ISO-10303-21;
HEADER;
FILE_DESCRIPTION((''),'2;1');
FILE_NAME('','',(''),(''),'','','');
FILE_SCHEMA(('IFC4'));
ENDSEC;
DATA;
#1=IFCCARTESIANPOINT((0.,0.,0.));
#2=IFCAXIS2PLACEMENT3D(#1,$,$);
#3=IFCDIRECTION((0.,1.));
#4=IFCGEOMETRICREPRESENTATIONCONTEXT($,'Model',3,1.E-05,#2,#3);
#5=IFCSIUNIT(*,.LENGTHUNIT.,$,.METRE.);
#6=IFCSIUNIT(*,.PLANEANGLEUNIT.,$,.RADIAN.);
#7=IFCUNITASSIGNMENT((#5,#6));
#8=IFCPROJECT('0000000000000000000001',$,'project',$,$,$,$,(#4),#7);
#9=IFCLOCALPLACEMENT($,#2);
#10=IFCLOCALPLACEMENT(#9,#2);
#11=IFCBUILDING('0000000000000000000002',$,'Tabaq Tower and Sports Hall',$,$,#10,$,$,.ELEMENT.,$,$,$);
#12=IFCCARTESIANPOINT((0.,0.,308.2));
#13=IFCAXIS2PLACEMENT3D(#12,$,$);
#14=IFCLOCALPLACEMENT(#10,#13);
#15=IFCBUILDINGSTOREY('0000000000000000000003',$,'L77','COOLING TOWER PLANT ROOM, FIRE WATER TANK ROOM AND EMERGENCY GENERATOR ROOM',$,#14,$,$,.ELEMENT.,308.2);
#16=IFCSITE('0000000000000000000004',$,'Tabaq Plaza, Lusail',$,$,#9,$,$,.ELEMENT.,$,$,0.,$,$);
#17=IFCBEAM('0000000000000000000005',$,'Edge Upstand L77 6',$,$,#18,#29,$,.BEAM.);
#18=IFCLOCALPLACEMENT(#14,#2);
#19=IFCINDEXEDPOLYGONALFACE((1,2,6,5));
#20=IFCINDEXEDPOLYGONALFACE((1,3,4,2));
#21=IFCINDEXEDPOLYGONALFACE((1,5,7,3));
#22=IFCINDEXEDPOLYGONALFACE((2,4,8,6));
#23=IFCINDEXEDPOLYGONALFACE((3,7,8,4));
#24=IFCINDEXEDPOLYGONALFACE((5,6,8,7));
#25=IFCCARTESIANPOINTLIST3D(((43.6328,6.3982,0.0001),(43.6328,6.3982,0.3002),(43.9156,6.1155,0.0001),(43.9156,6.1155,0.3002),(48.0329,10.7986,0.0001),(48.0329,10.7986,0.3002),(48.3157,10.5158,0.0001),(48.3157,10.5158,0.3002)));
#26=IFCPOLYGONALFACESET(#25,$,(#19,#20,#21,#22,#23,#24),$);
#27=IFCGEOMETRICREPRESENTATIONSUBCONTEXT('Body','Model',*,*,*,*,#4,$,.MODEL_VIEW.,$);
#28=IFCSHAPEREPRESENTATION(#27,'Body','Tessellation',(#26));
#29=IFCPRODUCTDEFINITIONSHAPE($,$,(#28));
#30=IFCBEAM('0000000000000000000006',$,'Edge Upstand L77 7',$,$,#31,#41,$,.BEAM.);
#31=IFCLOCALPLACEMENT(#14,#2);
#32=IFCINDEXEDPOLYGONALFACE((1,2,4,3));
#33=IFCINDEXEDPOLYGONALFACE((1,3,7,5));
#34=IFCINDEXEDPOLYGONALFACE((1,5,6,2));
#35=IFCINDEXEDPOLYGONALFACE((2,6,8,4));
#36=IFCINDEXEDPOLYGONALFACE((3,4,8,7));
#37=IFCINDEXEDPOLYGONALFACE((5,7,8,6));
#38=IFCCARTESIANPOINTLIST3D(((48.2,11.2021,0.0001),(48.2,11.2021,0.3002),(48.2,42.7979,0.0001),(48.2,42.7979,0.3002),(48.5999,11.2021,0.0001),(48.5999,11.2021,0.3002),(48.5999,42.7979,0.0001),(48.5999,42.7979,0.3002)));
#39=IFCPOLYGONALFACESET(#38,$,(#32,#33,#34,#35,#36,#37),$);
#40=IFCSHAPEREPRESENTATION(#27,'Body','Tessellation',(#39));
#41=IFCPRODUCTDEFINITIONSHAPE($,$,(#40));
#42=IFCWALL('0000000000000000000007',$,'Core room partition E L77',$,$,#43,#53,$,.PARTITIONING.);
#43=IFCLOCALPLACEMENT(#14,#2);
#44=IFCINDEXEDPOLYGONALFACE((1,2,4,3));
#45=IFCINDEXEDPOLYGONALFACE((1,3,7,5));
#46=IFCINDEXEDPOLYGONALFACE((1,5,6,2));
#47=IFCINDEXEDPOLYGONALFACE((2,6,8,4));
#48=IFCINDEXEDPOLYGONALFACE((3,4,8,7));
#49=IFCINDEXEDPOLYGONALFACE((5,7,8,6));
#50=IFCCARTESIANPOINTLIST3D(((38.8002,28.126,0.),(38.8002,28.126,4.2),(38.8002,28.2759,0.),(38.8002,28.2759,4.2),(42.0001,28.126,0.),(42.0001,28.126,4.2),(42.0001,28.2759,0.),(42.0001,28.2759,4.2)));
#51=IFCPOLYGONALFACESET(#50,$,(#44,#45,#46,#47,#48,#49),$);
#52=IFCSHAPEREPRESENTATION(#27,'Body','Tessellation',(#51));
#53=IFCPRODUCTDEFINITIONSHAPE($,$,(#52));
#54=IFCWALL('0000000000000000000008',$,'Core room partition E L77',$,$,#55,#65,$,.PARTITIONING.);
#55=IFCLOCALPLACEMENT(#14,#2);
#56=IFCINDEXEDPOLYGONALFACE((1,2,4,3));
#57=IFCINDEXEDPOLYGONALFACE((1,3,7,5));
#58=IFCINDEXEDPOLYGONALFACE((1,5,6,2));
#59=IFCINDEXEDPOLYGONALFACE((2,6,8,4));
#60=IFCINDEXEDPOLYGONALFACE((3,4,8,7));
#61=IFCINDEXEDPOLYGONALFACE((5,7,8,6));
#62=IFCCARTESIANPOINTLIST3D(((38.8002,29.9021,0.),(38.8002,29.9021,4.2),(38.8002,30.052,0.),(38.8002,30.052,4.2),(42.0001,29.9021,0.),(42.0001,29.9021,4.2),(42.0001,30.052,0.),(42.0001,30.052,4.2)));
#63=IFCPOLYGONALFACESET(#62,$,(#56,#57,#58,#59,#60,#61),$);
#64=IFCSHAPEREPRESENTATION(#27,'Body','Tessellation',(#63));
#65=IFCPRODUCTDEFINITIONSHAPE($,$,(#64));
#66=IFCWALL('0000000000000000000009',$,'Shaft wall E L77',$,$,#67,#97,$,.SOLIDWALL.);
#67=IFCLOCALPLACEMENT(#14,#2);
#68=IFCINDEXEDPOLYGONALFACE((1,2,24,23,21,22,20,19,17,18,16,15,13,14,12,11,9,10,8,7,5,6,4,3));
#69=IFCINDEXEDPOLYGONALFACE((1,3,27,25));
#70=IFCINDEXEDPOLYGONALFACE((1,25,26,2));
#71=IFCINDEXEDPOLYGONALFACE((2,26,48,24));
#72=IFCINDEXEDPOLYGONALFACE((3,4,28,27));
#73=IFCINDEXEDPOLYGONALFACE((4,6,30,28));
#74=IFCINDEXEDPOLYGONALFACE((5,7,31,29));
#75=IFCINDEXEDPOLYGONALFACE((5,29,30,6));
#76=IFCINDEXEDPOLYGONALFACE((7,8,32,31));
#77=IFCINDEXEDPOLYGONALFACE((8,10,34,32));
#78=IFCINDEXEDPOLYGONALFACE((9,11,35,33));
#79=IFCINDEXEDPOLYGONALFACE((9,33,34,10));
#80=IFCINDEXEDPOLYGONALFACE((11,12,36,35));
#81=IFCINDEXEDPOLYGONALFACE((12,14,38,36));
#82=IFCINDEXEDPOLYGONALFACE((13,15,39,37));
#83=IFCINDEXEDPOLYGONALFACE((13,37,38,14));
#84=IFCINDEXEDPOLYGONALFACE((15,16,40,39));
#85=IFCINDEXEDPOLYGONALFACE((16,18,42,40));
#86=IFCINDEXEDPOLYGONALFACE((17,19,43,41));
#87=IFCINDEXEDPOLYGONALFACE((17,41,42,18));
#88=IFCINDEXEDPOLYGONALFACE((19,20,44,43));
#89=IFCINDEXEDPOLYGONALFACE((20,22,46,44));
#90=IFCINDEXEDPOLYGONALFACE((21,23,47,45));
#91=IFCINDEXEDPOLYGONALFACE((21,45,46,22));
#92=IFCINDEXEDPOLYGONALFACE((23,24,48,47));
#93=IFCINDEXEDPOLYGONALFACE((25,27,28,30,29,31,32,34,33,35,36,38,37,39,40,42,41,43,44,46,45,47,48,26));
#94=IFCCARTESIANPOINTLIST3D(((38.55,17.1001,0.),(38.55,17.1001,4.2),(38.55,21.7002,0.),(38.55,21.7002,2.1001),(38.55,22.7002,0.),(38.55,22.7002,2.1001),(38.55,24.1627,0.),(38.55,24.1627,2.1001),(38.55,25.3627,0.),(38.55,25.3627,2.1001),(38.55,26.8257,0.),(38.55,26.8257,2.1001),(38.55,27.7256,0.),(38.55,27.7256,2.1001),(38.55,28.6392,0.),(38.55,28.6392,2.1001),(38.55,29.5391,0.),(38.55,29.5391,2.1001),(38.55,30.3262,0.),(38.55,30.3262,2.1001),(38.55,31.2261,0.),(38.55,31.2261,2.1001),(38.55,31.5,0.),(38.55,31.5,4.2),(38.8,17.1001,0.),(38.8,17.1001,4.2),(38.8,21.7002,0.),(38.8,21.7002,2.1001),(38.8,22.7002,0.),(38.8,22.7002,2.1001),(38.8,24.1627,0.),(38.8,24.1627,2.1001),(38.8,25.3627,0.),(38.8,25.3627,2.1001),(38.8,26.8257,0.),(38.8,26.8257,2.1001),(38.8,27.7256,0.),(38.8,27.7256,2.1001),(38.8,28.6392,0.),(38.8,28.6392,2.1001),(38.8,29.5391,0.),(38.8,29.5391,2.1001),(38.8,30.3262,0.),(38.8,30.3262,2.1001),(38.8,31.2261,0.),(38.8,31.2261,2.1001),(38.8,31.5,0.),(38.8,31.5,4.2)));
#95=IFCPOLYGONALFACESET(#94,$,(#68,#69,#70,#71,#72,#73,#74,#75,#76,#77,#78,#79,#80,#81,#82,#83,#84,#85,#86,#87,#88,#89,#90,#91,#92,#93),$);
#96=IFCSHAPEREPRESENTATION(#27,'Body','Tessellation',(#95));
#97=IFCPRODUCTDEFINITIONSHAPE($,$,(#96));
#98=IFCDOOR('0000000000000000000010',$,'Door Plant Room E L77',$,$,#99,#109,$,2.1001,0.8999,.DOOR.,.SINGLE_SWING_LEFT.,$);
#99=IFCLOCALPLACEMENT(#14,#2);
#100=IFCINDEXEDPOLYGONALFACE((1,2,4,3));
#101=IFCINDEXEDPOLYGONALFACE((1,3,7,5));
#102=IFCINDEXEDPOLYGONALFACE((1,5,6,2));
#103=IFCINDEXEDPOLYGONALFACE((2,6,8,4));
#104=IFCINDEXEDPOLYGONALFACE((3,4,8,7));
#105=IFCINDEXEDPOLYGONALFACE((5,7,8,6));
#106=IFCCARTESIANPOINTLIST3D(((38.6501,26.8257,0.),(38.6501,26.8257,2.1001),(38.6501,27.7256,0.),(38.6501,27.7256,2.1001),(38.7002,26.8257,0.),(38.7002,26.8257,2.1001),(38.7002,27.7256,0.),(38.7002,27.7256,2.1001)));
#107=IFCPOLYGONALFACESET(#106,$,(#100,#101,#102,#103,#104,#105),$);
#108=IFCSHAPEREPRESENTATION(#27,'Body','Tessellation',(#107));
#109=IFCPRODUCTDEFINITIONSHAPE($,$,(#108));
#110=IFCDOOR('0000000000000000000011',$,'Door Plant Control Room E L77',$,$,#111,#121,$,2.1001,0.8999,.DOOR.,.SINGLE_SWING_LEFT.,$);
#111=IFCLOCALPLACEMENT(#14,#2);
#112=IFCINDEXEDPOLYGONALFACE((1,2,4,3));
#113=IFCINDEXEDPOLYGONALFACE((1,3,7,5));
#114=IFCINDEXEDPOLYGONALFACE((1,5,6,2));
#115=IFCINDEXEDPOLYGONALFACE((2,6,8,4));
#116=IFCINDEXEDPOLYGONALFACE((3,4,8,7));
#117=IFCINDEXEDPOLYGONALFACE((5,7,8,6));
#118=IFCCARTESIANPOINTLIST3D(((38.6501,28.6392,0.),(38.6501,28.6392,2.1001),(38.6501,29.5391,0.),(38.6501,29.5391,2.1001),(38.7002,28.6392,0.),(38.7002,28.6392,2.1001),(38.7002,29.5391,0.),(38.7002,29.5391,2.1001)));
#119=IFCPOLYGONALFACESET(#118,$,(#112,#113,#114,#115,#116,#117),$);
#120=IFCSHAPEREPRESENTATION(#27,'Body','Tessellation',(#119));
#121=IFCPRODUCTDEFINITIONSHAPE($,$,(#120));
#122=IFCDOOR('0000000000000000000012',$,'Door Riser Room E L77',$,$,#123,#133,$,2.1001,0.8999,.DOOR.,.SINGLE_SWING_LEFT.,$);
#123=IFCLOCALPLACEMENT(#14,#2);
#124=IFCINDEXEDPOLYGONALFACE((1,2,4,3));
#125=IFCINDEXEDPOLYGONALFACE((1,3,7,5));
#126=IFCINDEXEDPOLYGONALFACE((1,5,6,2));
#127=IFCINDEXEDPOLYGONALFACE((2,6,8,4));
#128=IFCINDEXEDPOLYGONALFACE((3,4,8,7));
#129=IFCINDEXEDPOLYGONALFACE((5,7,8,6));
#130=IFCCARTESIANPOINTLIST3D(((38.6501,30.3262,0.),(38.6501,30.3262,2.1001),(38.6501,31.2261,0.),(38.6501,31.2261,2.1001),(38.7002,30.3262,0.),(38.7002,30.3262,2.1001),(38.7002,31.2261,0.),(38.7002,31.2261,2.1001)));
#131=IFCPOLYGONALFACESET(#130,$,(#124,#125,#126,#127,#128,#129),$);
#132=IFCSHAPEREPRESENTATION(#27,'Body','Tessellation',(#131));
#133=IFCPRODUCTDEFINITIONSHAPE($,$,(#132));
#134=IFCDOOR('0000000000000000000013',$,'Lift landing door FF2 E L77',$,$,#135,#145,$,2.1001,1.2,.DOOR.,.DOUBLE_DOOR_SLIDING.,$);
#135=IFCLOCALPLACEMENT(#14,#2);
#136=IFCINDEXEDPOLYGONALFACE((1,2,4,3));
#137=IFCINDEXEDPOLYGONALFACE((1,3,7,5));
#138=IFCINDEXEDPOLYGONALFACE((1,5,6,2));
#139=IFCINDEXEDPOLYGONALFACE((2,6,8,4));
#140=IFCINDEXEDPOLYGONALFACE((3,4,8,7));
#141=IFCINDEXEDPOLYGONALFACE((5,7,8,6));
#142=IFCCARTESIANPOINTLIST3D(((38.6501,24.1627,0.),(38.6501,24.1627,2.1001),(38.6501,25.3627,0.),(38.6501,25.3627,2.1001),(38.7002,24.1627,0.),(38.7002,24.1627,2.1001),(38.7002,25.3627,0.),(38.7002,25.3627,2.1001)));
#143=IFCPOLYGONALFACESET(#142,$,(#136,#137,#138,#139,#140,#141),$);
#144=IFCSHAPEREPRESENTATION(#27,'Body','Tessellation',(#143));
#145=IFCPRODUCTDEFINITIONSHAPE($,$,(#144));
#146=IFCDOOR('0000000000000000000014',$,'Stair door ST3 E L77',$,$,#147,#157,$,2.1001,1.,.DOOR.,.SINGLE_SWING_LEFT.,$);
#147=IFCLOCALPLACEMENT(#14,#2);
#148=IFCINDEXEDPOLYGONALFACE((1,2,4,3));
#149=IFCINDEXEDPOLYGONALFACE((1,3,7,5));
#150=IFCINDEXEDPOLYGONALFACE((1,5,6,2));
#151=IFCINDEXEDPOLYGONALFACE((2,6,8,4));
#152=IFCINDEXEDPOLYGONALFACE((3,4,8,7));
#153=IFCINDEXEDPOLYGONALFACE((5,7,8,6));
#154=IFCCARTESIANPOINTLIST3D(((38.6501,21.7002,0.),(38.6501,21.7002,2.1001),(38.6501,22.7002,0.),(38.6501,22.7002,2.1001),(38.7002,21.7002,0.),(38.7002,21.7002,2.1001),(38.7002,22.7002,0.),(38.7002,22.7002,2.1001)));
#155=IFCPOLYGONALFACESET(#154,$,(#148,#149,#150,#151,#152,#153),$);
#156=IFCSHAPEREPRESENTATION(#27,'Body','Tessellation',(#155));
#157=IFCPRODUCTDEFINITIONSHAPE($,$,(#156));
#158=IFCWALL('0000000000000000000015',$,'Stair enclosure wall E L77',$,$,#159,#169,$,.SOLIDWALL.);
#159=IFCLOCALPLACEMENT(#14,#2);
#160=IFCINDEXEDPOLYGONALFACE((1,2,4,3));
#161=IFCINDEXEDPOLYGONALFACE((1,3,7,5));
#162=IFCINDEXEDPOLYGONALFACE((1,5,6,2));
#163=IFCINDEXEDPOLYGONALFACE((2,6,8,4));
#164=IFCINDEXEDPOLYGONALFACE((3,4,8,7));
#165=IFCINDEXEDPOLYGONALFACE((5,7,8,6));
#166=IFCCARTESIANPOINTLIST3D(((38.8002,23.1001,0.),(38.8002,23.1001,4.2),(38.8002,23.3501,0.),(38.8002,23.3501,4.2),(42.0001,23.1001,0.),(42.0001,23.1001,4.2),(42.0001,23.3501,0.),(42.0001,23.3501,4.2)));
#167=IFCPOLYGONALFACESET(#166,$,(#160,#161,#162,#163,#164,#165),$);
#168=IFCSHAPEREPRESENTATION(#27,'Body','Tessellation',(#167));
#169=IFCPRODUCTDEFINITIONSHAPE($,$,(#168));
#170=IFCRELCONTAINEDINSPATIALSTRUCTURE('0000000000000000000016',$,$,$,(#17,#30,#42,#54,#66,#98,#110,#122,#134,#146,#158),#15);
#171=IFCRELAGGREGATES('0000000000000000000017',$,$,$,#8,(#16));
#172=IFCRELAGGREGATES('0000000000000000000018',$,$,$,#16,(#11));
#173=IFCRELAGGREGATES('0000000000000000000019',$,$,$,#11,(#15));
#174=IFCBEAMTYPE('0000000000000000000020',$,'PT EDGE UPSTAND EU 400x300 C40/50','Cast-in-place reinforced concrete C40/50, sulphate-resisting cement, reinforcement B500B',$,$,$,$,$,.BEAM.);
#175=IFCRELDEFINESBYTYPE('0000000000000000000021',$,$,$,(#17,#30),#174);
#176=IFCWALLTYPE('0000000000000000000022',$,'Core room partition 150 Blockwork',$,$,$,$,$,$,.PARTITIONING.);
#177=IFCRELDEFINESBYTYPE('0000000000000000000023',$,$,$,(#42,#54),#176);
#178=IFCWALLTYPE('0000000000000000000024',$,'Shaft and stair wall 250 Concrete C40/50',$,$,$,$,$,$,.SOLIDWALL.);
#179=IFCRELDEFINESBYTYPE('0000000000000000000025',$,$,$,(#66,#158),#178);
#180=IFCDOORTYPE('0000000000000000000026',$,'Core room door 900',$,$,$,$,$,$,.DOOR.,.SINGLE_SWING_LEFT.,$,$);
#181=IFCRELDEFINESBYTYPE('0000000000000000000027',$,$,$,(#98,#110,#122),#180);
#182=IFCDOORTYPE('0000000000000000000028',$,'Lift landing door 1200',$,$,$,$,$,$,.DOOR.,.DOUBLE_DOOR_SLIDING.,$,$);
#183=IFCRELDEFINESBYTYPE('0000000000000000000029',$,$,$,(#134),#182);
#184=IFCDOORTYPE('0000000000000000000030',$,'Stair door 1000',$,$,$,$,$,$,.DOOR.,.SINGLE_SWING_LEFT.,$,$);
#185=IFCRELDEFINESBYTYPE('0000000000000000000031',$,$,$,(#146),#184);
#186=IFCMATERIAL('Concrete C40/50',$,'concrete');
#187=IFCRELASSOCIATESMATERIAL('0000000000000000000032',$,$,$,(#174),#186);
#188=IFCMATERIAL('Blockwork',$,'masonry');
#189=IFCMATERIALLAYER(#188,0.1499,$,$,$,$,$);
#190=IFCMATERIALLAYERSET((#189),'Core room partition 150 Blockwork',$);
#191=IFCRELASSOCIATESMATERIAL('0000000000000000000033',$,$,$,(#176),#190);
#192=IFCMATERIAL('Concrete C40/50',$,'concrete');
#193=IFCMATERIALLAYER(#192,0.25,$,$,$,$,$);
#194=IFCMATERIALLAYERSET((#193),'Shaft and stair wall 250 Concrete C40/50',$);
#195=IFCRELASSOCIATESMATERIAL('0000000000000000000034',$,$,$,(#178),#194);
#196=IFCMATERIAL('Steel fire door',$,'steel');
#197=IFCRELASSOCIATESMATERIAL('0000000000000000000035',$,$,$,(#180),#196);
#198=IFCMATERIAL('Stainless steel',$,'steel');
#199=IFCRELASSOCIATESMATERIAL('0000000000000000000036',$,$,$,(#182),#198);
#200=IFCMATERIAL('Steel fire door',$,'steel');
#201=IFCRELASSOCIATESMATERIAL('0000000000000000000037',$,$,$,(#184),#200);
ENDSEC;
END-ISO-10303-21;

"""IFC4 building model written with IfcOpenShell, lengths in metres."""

from ifc_helpers import new_model, si_unit, direction, frame, frame_2d, origin, origin_2d, place, context, subcontext, project, spatial, rectangle, extrude, material, layer, layer_set, material_profile, profile_set, type_object, element, fill, save


model = new_model("IFC4")

# Units and contexts
model_context = context("Model", 3, precision=1e-05, world=origin(), true_north=direction((0.0, 1.0)))
body_context = subcontext(model_context, "Body", "Model", "MODEL_VIEW")
ifc_project = project(units=[si_unit("LENGTHUNIT", "METRE"), si_unit("PLANEANGLEUNIT", "RADIAN")], contexts=[model_context])

# Site, building, storey
site_placement = place(None, origin())
site = spatial("IfcSite", under=ifc_project, at=site_placement, Name="Tabaq Plaza, Lusail", CompositionType="ELEMENT", RefElevation=0.0)
building_placement = place(site_placement, origin())
building = spatial("IfcBuilding", under=site, at=building_placement, Name="Tabaq Tower and Sports Hall", CompositionType="ELEMENT")
storey_placement = place(building_placement, frame((0.0, 0.0, 308.2)))
storey = spatial("IfcBuildingStorey", under=building, at=storey_placement, Name="L77", Description="COOLING TOWER PLANT ROOM, FIRE WATER TANK ROOM AND EMERGENCY GENERATOR ROOM", CompositionType="ELEMENT", Elevation=308.2)

# Beams
ifc_material_1 = material(Name="Concrete C40/50", Category="concrete")
ifc_material_profile = material_profile(ifc_material_1, rectangle(XDim=0.3999, YDim=0.3, at=origin_2d()), Name="EU 400x300")
ifc_profile_set = profile_set([ifc_material_profile], Name="Concrete C40/50")
beam_type = type_object("IfcBeamType", Name="PT EDGE UPSTAND EU 400x300 C40/50", Description="Cast-in-place reinforced concrete C40/50, sulphate-resisting cement, reinforcement B500B", PredefinedType="BEAM", material=ifc_profile_set)
beam_1_placement = place(storey_placement, frame((43.7742, 6.2568, 0.1501), z_axis=(0.707087, 0.707126, 0.0), x_axis=(-0.707126, 0.707087, 0.0)))
element("IfcBeam", 1, at=beam_1_placement, inside=storey, type_object=beam_type, Name="Edge Upstand L77 6", PredefinedType="BEAM", context=body_context, shape_type="SweptSolid", body=[
    extrude(rectangle(XDim=0.3999, YDim=0.3, at=origin_2d()), origin(), (0.0, 0.0, 1.0), 6.2229),
])
beam_2_placement = place(storey_placement, frame((48.3999, 11.2021, 0.1501), z_axis=(0.0, 1.0, 0.0), x_axis=(-1.0, 0.0, 0.0)))
element("IfcBeam", 2, at=beam_2_placement, inside=storey, type_object=beam_type, Name="Edge Upstand L77 7", PredefinedType="BEAM", context=body_context, shape_type="SweptSolid", body=[
    extrude(rectangle(XDim=0.3999, YDim=0.3, at=origin_2d()), origin(), (0.0, 0.0, 1.0), 31.5957),
])

# Walls
ifc_material_2 = material(Name="Blockwork", Category="masonry")
ifc_layer_1 = layer(ifc_material_2, 0.1499)
ifc_layer_set_1 = layer_set([ifc_layer_1], Name="Core room partition 150 Blockwork")
wall_type_1 = type_object("IfcWallType", Name="Core room partition 150 Blockwork", PredefinedType="PARTITIONING", material=ifc_layer_set_1)
for number, where, z_axis, x_axis, name in (
    (3, (38.8, 28.2009, 0.0), (0.0, 0.0, 1.0), (1.0, 0.0, 0.0), "Core room partition E L77"),
    (4, (38.8, 29.9771, 0.0), (0.0, 0.0, 1.0), (1.0, 0.0, 0.0), "Core room partition E L77"),
):
    element("IfcWall", number, at=place(storey_placement, frame(where, z_axis=z_axis, x_axis=x_axis)), inside=storey, type_object=wall_type_1, Name=name, PredefinedType="PARTITIONING", context=body_context, shape_type="SweptSolid", body=[
        extrude(rectangle(XDim=3.2, YDim=0.1499, at=frame_2d((1.6001, 0.0))), origin(), (0.0, 0.0, 1.0), 4.2),
    ])

# Wall, openings, doors
ifc_material_3 = material(Name="Concrete C40/50", Category="concrete")
ifc_layer_2 = layer(ifc_material_3, 0.25)
ifc_layer_set_2 = layer_set([ifc_layer_2], Name="Shaft and stair wall 250 Concrete C40/50")
wall_type_2 = type_object("IfcWallType", Name="Shaft and stair wall 250 Concrete C40/50", PredefinedType="SOLIDWALL", material=ifc_layer_set_2)
wall_1_placement = place(storey_placement, frame((38.675, 17.1001, 0.0), z_axis=(0.0, 0.0, 1.0), x_axis=(0.0, 1.0, 0.0)))
wall_1 = element("IfcWall", 5, at=wall_1_placement, inside=storey, type_object=wall_type_2, Name="Shaft wall E L77", PredefinedType="SOLIDWALL", context=body_context, shape_type="SweptSolid", body=[
    extrude(rectangle(XDim=14.3999, YDim=0.25, at=frame_2d((7.2, 0.0))), origin(), (0.0, 0.0, 1.0), 4.2),
])
opening_1_placement = place(wall_1_placement, frame((4.6001, 0.0, 0.0)))
opening_1 = element("IfcOpeningElement", 6, at=opening_1_placement, cuts=wall_1, PredefinedType="OPENING", context=body_context, shape_type="SweptSolid", body=[
    extrude(rectangle(XDim=1.0, YDim=2.1001, at=frame_2d((0.5, 1.05))), frame((0.0, 0.125, 0.0), z_axis=(0.0, -1.0, 0.0), x_axis=(1.0, 0.0, 0.0)), (0.0, 0.0, 1.0), 0.25),
])
opening_2_placement = place(wall_1_placement, frame((7.0625, 0.0, 0.0)))
opening_2 = element("IfcOpeningElement", 7, at=opening_2_placement, cuts=wall_1, PredefinedType="OPENING", context=body_context, shape_type="SweptSolid", body=[
    extrude(rectangle(XDim=1.2, YDim=2.1001, at=frame_2d((0.6001, 1.05))), frame((0.0, 0.125, 0.0), z_axis=(0.0, -1.0, 0.0), x_axis=(1.0, 0.0, 0.0)), (0.0, 0.0, 1.0), 0.25),
])
opening_3_placement = place(wall_1_placement, frame((9.7256, 0.0, 0.0)))
opening_3 = element("IfcOpeningElement", 8, at=opening_3_placement, cuts=wall_1, PredefinedType="OPENING", context=body_context, shape_type="SweptSolid", body=[
    extrude(rectangle(XDim=0.8999, YDim=2.1001, at=frame_2d((0.45, 1.05))), frame((0.0, 0.125, 0.0), z_axis=(0.0, -1.0, 0.0), x_axis=(1.0, 0.0, 0.0)), (0.0, 0.0, 1.0), 0.25),
])
opening_4_placement = place(wall_1_placement, frame((11.5391, 0.0, 0.0)))
opening_4 = element("IfcOpeningElement", 9, at=opening_4_placement, cuts=wall_1, PredefinedType="OPENING", context=body_context, shape_type="SweptSolid", body=[
    extrude(rectangle(XDim=0.8999, YDim=2.1001, at=frame_2d((0.45, 1.05))), frame((0.0, 0.125, 0.0), z_axis=(0.0, -1.0, 0.0), x_axis=(1.0, 0.0, 0.0)), (0.0, 0.0, 1.0), 0.25),
])
opening_5_placement = place(wall_1_placement, frame((13.2261, 0.0, 0.0)))
opening_5 = element("IfcOpeningElement", 10, at=opening_5_placement, cuts=wall_1, PredefinedType="OPENING", context=body_context, shape_type="SweptSolid", body=[
    extrude(rectangle(XDim=0.8999, YDim=2.1001, at=frame_2d((0.45, 1.05))), frame((0.0, 0.125, 0.0), z_axis=(0.0, -1.0, 0.0), x_axis=(1.0, 0.0, 0.0)), (0.0, 0.0, 1.0), 0.25),
])
ifc_material_4 = material(Name="Steel fire door", Category="steel")
door_type_1 = type_object("IfcDoorType", Name="Core room door 900", OperationType="SINGLE_SWING_LEFT", PredefinedType="DOOR", material=ifc_material_4)
door_1_placement = place(opening_3_placement, origin())
door_1 = element("IfcDoor", 11, at=door_1_placement, inside=storey, type_object=door_type_1, Name="Door Plant Room E L77", OperationType="SINGLE_SWING_LEFT", OverallHeight=2.1001, OverallWidth=0.8999, PredefinedType="DOOR", context=body_context, shape_type="SweptSolid", body=[
    extrude(rectangle(XDim=0.8999, YDim=2.1001, at=frame_2d((0.45, 1.05))), frame((0.0, 0.0249, 0.0), z_axis=(0.0, -1.0, 0.0), x_axis=(1.0, 0.0, 0.0)), (0.0, 0.0, 1.0), 0.05),
])
fill(opening_3, door_1)
door_2_placement = place(opening_4_placement, origin())
door_2 = element("IfcDoor", 12, at=door_2_placement, inside=storey, type_object=door_type_1, Name="Door Plant Control Room E L77", OperationType="SINGLE_SWING_LEFT", OverallHeight=2.1001, OverallWidth=0.8999, PredefinedType="DOOR", context=body_context, shape_type="SweptSolid", body=[
    extrude(rectangle(XDim=0.8999, YDim=2.1001, at=frame_2d((0.45, 1.05))), frame((0.0, 0.0249, 0.0), z_axis=(0.0, -1.0, 0.0), x_axis=(1.0, 0.0, 0.0)), (0.0, 0.0, 1.0), 0.05),
])
fill(opening_4, door_2)
door_3_placement = place(opening_5_placement, origin())
door_3 = element("IfcDoor", 13, at=door_3_placement, inside=storey, type_object=door_type_1, Name="Door Riser Room E L77", OperationType="SINGLE_SWING_LEFT", OverallHeight=2.1001, OverallWidth=0.8999, PredefinedType="DOOR", context=body_context, shape_type="SweptSolid", body=[
    extrude(rectangle(XDim=0.8999, YDim=2.1001, at=frame_2d((0.45, 1.05))), frame((0.0, 0.0249, 0.0), z_axis=(0.0, -1.0, 0.0), x_axis=(1.0, 0.0, 0.0)), (0.0, 0.0, 1.0), 0.05),
])
fill(opening_5, door_3)
ifc_material_5 = material(Name="Stainless steel", Category="steel")
door_type_2 = type_object("IfcDoorType", Name="Lift landing door 1200", OperationType="DOUBLE_DOOR_SLIDING", PredefinedType="DOOR", material=ifc_material_5)
door_4_placement = place(opening_2_placement, origin())
door_4 = element("IfcDoor", 14, at=door_4_placement, inside=storey, type_object=door_type_2, Name="Lift landing door FF2 E L77", OperationType="DOUBLE_DOOR_SLIDING", OverallHeight=2.1001, OverallWidth=1.2, PredefinedType="DOOR", context=body_context, shape_type="SweptSolid", body=[
    extrude(rectangle(XDim=1.2, YDim=2.1001, at=frame_2d((0.6001, 1.05))), frame((0.0, 0.0249, 0.0), z_axis=(0.0, -1.0, 0.0), x_axis=(1.0, 0.0, 0.0)), (0.0, 0.0, 1.0), 0.05),
])
fill(opening_2, door_4)
ifc_material_6 = material(Name="Steel fire door", Category="steel")
door_type_3 = type_object("IfcDoorType", Name="Stair door 1000", OperationType="SINGLE_SWING_LEFT", PredefinedType="DOOR", material=ifc_material_6)
door_5_placement = place(opening_1_placement, origin())
door_5 = element("IfcDoor", 15, at=door_5_placement, inside=storey, type_object=door_type_3, Name="Stair door ST3 E L77", OperationType="SINGLE_SWING_LEFT", OverallHeight=2.1001, OverallWidth=1.0, PredefinedType="DOOR", context=body_context, shape_type="SweptSolid", body=[
    extrude(rectangle(XDim=1.0, YDim=2.1001, at=frame_2d((0.5, 1.05))), frame((0.0, 0.0249, 0.0), z_axis=(0.0, -1.0, 0.0), x_axis=(1.0, 0.0, 0.0)), (0.0, 0.0, 1.0), 0.05),
])
fill(opening_1, door_5)

# Wall
for number, where, z_axis, x_axis, name in (
    (16, (38.8, 23.2251, 0.0), (0.0, 0.0, 1.0), (1.0, 0.0, 0.0), "Stair enclosure wall E L77"),
):
    element("IfcWall", number, at=place(storey_placement, frame(where, z_axis=z_axis, x_axis=x_axis)), inside=storey, type_object=wall_type_2, Name=name, PredefinedType="SOLIDWALL", context=body_context, shape_type="SweptSolid", body=[
        extrude(rectangle(XDim=3.2, YDim=0.25, at=frame_2d((1.6001, 0.0))), origin(), (0.0, 0.0, 1.0), 4.2),
    ])

save(model, "model.ifc")
